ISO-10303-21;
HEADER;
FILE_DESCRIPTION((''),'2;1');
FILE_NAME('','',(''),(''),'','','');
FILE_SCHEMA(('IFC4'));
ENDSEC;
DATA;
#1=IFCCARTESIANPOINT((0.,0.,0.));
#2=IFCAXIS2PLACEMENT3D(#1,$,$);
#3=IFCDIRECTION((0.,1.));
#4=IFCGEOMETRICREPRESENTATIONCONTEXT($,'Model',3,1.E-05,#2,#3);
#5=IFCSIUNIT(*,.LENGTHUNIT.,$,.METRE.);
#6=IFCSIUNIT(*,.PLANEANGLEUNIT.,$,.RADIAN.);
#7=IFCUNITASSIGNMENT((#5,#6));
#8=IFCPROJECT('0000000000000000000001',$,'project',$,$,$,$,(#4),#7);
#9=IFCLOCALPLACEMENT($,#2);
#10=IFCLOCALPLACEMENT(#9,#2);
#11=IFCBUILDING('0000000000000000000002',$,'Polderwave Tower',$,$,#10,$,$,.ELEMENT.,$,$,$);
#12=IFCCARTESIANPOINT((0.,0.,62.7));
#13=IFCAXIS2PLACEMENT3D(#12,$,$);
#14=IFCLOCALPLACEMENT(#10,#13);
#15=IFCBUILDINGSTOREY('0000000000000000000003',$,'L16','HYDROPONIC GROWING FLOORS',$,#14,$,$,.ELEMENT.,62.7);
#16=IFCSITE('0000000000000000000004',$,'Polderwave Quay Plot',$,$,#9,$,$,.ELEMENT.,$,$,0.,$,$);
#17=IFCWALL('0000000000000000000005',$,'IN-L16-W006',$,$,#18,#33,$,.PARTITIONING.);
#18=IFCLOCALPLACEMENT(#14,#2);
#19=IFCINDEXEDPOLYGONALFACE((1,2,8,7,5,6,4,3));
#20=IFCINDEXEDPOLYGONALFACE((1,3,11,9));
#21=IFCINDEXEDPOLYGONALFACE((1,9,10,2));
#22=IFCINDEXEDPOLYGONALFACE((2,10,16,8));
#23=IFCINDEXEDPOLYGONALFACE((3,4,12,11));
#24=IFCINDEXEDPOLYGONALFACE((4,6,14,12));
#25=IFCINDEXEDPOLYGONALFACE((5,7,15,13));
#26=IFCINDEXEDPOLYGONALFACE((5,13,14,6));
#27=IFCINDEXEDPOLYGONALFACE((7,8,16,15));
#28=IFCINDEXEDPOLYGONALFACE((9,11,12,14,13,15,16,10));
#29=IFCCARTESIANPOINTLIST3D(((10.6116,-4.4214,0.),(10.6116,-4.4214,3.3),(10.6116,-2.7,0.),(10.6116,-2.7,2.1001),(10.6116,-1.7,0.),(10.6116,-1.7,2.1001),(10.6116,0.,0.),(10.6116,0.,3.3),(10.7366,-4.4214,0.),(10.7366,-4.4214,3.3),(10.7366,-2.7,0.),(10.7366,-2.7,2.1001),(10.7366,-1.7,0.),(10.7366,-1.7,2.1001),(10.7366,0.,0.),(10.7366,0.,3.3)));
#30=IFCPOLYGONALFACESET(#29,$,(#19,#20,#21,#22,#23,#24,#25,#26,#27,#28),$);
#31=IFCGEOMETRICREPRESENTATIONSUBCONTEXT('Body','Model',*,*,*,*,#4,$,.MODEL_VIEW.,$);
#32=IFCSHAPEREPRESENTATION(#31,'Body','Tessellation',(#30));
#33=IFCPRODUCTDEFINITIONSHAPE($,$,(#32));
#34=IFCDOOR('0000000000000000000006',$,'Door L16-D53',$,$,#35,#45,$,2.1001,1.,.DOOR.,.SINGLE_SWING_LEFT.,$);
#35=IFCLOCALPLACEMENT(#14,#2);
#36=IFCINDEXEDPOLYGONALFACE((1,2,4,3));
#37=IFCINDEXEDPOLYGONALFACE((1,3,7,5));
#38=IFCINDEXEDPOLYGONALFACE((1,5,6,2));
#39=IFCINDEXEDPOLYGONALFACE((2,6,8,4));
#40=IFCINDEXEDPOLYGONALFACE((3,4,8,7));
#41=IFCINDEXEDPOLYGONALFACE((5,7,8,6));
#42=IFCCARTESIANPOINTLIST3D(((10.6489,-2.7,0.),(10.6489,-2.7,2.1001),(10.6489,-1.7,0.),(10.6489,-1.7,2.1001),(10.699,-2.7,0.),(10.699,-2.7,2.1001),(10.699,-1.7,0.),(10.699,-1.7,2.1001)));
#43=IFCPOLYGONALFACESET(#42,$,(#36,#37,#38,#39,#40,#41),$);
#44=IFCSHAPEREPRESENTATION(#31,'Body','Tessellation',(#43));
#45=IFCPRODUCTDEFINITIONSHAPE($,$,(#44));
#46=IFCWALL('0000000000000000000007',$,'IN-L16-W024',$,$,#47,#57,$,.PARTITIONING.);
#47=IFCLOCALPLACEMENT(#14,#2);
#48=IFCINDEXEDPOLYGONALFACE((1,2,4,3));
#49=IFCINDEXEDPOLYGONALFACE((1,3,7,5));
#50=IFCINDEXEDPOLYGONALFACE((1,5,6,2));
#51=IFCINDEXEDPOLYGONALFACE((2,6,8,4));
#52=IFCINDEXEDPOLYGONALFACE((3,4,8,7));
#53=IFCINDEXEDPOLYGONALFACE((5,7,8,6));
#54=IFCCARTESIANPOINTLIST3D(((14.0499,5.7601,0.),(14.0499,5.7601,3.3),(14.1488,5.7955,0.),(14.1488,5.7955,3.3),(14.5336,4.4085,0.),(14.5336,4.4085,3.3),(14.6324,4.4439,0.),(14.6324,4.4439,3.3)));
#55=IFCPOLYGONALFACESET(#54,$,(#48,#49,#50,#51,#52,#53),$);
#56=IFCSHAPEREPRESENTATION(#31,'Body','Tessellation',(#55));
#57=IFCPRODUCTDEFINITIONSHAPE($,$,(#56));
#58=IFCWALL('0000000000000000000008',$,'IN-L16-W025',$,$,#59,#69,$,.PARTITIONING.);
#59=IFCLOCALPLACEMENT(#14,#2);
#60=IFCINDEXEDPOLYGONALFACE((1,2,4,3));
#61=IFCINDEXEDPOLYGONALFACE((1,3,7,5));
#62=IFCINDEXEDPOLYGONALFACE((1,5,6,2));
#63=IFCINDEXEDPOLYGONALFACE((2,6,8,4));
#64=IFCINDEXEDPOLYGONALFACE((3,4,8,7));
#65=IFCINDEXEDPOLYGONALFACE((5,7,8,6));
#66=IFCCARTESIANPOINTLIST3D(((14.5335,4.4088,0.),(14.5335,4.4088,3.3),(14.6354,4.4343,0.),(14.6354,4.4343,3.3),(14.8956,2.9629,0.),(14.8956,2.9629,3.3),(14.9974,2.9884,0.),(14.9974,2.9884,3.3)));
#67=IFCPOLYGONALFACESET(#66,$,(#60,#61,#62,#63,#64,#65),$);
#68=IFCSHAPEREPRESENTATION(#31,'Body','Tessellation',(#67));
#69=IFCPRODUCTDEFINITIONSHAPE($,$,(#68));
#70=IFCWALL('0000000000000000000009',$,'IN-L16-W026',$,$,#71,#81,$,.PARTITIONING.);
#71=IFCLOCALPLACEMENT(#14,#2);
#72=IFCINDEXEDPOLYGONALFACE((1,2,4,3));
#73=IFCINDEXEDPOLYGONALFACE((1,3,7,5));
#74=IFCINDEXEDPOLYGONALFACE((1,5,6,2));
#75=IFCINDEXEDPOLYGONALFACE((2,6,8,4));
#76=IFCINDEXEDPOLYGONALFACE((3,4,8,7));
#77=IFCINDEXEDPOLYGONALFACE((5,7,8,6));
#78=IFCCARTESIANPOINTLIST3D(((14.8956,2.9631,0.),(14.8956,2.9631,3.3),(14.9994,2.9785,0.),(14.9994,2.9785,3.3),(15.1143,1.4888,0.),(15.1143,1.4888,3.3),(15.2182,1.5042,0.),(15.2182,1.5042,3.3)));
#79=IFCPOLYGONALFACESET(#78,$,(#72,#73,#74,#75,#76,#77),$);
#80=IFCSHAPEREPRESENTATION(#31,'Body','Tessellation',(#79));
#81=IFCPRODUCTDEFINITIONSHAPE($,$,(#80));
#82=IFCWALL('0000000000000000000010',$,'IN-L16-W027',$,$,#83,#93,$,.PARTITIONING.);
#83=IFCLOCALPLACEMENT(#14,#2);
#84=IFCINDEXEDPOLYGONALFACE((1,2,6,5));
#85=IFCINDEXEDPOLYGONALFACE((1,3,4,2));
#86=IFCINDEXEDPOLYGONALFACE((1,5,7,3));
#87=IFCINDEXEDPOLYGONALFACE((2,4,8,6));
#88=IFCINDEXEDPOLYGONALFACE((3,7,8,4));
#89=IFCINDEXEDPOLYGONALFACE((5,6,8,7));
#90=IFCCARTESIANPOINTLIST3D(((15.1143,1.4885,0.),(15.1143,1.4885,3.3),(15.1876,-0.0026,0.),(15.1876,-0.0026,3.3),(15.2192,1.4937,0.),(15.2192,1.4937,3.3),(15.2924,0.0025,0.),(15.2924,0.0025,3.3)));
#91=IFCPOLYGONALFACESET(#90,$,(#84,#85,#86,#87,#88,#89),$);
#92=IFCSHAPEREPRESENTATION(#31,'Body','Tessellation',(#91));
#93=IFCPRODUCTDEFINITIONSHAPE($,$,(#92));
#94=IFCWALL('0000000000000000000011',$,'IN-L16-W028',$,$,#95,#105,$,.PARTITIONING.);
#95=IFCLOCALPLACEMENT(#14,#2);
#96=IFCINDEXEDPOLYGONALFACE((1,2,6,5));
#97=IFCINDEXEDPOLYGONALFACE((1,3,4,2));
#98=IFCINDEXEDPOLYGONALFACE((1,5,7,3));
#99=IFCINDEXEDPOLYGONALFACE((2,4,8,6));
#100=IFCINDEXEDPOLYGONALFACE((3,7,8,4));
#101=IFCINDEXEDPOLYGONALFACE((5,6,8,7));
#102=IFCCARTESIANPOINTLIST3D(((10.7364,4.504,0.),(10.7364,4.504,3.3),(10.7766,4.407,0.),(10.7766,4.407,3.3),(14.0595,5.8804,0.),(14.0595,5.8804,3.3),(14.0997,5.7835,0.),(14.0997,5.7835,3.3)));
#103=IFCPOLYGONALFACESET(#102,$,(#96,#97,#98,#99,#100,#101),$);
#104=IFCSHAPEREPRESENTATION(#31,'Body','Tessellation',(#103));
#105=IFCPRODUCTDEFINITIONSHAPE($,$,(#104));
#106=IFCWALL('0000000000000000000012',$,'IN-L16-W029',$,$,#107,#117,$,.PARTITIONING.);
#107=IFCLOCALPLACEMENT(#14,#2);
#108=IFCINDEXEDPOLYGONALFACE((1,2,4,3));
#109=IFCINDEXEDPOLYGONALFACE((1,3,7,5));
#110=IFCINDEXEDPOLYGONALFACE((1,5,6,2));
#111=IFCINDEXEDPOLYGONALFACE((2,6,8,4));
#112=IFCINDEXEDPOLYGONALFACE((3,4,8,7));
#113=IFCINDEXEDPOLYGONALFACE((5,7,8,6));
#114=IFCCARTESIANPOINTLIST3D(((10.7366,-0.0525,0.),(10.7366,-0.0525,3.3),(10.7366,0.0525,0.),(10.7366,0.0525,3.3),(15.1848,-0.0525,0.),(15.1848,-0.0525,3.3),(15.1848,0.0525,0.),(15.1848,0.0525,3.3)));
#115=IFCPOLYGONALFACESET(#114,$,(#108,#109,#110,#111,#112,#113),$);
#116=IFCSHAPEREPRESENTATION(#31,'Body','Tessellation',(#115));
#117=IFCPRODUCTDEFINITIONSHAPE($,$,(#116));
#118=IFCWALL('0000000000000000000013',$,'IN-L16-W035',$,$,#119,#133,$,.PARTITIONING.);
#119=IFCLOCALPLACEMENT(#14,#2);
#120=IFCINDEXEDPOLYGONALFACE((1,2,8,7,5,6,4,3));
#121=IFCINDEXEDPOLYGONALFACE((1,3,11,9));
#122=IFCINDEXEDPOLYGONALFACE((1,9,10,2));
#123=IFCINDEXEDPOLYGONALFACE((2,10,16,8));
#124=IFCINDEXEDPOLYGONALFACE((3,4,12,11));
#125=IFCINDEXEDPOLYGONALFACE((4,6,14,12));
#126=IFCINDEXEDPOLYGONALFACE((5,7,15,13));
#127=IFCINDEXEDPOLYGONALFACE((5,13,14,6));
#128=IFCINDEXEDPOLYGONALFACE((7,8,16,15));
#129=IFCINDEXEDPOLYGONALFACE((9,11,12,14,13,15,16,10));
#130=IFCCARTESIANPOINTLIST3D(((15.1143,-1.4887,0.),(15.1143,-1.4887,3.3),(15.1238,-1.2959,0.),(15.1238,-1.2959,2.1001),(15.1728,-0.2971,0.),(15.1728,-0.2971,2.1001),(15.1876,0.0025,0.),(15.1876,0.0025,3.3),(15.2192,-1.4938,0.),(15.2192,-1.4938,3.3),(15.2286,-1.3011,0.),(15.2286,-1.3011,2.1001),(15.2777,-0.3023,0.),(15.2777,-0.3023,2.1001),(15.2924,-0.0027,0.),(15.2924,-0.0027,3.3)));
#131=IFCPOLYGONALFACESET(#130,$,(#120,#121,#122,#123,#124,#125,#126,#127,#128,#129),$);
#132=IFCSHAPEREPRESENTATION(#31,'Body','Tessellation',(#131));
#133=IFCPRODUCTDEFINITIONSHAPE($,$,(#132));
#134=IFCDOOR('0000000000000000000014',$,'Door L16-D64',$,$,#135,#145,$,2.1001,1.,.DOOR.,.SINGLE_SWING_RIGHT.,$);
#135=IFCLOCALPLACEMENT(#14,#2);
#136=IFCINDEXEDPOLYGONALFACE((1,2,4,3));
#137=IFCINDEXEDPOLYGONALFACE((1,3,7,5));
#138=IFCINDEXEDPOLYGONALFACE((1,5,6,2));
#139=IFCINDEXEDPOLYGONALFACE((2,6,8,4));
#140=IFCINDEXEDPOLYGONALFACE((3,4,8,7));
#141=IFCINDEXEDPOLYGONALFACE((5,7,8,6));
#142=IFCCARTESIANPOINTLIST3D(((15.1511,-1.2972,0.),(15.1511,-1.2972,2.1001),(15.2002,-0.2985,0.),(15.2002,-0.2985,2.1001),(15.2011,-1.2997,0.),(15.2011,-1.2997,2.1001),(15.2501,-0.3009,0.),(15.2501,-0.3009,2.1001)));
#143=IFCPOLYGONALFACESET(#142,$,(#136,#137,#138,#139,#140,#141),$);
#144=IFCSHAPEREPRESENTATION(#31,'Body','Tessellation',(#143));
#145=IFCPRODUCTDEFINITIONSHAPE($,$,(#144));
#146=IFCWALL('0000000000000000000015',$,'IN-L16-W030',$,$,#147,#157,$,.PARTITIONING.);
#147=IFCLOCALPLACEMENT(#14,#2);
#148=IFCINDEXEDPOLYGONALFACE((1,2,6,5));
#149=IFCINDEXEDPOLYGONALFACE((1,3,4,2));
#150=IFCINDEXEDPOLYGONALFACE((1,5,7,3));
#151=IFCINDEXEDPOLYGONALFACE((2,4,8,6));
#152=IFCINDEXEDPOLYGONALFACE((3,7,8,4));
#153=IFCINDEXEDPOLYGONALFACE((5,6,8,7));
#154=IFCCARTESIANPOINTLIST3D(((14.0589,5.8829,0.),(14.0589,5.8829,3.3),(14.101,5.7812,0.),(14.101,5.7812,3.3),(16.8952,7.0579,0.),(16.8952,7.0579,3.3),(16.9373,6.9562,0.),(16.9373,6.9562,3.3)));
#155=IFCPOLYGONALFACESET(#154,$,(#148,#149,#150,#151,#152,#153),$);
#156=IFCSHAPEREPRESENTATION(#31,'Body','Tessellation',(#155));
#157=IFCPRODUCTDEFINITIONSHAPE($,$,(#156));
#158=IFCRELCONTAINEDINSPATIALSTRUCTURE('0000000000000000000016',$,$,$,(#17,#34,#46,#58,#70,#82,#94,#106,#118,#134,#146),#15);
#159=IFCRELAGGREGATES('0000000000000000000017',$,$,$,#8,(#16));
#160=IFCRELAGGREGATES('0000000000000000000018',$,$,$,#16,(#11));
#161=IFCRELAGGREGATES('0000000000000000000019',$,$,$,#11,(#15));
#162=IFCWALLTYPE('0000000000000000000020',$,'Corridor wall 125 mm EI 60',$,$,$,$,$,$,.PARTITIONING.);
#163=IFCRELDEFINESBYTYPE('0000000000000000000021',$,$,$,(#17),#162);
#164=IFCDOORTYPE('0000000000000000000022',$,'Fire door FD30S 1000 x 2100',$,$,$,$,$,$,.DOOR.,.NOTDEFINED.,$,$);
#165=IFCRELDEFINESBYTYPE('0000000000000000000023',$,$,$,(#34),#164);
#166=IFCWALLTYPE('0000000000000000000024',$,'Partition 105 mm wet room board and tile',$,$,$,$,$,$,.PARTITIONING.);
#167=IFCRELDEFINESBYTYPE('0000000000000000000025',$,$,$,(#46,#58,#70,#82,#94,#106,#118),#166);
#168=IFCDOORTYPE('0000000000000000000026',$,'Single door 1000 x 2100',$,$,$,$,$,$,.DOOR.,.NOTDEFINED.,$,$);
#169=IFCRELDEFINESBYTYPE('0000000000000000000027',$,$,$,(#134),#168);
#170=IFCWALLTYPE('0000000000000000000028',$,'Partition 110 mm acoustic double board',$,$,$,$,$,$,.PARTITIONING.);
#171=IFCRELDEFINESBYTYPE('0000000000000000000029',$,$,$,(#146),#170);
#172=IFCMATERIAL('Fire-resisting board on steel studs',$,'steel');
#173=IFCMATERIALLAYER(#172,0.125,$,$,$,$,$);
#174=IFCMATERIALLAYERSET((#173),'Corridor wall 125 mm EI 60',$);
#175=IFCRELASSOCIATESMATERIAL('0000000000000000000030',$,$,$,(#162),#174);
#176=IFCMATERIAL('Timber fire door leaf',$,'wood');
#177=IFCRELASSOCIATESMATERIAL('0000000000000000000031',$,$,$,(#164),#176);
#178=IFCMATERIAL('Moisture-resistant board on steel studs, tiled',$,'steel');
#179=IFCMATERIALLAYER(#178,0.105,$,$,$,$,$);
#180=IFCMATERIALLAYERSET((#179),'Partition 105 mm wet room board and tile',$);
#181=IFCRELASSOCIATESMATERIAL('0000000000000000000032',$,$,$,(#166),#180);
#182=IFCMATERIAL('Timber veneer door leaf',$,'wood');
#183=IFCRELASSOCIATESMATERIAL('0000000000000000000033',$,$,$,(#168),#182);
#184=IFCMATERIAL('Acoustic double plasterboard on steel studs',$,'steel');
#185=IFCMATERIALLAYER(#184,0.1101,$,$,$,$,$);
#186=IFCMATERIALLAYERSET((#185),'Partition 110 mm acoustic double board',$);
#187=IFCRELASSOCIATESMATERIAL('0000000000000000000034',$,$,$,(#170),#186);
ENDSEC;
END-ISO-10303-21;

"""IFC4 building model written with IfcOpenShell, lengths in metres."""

from ifc_helpers import new_model, si_unit, direction, frame, frame_2d, origin, place, context, subcontext, project, spatial, rectangle, extrude, material, layer, layer_set, type_object, element, fill, save


model = new_model("IFC4")

# Units and contexts
model_context = context("Model", 3, precision=1e-05, world=origin(), true_north=direction((0.0, 1.0)))
body_context = subcontext(model_context, "Body", "Model", "MODEL_VIEW")
ifc_project = project(units=[si_unit("LENGTHUNIT", "METRE"), si_unit("PLANEANGLEUNIT", "RADIAN")], contexts=[model_context])

# Site, building, storey
site_placement = place(None, origin())
site = spatial("IfcSite", under=ifc_project, at=site_placement, Name="Polderwave Quay Plot", CompositionType="ELEMENT", RefElevation=0.0)
building_placement = place(site_placement, origin())
building = spatial("IfcBuilding", under=site, at=building_placement, Name="Polderwave Tower", CompositionType="ELEMENT")
storey_placement = place(building_placement, frame((0.0, 0.0, 62.7)))
storey = spatial("IfcBuildingStorey", under=building, at=storey_placement, Name="L16", Description="HYDROPONIC GROWING FLOORS", CompositionType="ELEMENT", Elevation=62.7)

# Shared definitions
ifc_material_1 = material(Name="Fire-resisting board on steel studs", Category="steel")
ifc_layer_1 = layer(ifc_material_1, 0.125)
ifc_layer_set_1 = layer_set([ifc_layer_1], Name="Corridor wall 125 mm EI 60")
wall_type_1 = type_object("IfcWallType", Name="Corridor wall 125 mm EI 60", PredefinedType="PARTITIONING", material=ifc_layer_set_1)
ifc_material_2 = material(Name="Timber fire door leaf", Category="wood")
door_type_1 = type_object("IfcDoorType", Name="Fire door FD30S 1000 x 2100", OperationType="NOTDEFINED", PredefinedType="DOOR", material=ifc_material_2)

# Wall, opening, door
wall_1_placement = place(storey_placement, frame((10.6741, 0.0, 0.0), z_axis=(0.0, 0.0, 1.0), x_axis=(0.0, -1.0, 0.0)))
wall_1 = element("IfcWall", 1, at=wall_1_placement, inside=storey, type_object=wall_type_1, Name="IN-L16-W006", PredefinedType="PARTITIONING", context=body_context, shape_type="SweptSolid", body=[
    extrude(rectangle(XDim=4.4214, YDim=0.125, at=frame_2d((2.2107, 0.0))), origin(), (0.0, 0.0, 1.0), 3.3),
])
opening_1_placement = place(wall_1_placement, frame((1.7, 0.0, 0.0)))
opening_1 = element("IfcOpeningElement", 2, at=opening_1_placement, cuts=wall_1, PredefinedType="OPENING", context=body_context, shape_type="SweptSolid", body=[
    extrude(rectangle(XDim=1.0, YDim=2.1001, at=frame_2d((0.5, 1.05))), frame((0.0, 0.0725, 0.0), z_axis=(0.0, -1.0, 0.0), x_axis=(1.0, 0.0, 0.0)), (0.0, 0.0, 1.0), 0.145),
])
door_1_placement = place(opening_1_placement, origin())
door_1 = element("IfcDoor", 3, at=door_1_placement, inside=storey, type_object=door_type_1, Name="Door L16-D53", OperationType="SINGLE_SWING_LEFT", OverallHeight=2.1001, OverallWidth=1.0, PredefinedType="DOOR", context=body_context, shape_type="SweptSolid", body=[
    extrude(rectangle(XDim=1.0, YDim=2.1001, at=frame_2d((0.5, 1.05))), frame((0.0, 0.0249, 0.0), z_axis=(0.0, -1.0, 0.0), x_axis=(1.0, 0.0, 0.0)), (0.0, 0.0, 1.0), 0.05),
])
fill(opening_1, door_1)

# Walls
ifc_material_3 = material(Name="Moisture-resistant board on steel studs, tiled", Category="steel")
ifc_layer_2 = layer(ifc_material_3, 0.105)
ifc_layer_set_2 = layer_set([ifc_layer_2], Name="Partition 105 mm wet room board and tile")
wall_type_2 = type_object("IfcWallType", Name="Partition 105 mm wet room board and tile", PredefinedType="PARTITIONING", material=ifc_layer_set_2)
wall_2_placement = place(storey_placement, frame((14.0994, 5.7778, 0.0), z_axis=(0.0, 0.0, 1.0), x_axis=(0.336918, -0.941534, 0.0)))
element("IfcWall", 4, at=wall_2_placement, inside=storey, type_object=wall_type_2, Name="IN-L16-W024", PredefinedType="PARTITIONING", context=body_context, shape_type="SweptSolid", body=[
    extrude(rectangle(XDim=1.4355, YDim=0.105, at=frame_2d((0.7178, 0.0))), origin(), (0.0, 0.0, 1.0), 3.3),
])
for number, where, z_axis, x_axis, name in (
    (5, (14.5845, 4.4214, 0.0), (0.0, 0.0, 1.0), (0.242921, -0.970046, 0.0), "IN-L16-W025"),
    (6, (14.9475, 2.9707, 0.0), (0.0, 0.0, 1.0), (0.146762, -0.989172, 0.0), "IN-L16-W026"),
):
    element("IfcWall", number, at=place(storey_placement, frame(where, z_axis=z_axis, x_axis=x_axis)), inside=storey, type_object=wall_type_2, Name=name, PredefinedType="PARTITIONING", context=body_context, shape_type="SweptSolid", body=[
        extrude(rectangle(XDim=1.4905, YDim=0.105, at=frame_2d((0.7451, 0.0))), origin(), (0.0, 0.0, 1.0), 3.3),
    ])
wall_3_placement = place(storey_placement, frame((15.1667, 1.4912, 0.0), z_axis=(0.0, 0.0, 1.0), x_axis=(0.049057, -0.998796, 0.0)))
element("IfcWall", 7, at=wall_3_placement, inside=storey, type_object=wall_type_2, Name="IN-L16-W027", PredefinedType="PARTITIONING", context=body_context, shape_type="SweptSolid", body=[
    extrude(rectangle(XDim=1.4929, YDim=0.105, at=frame_2d((0.7466, 0.0))), origin(), (0.0, 0.0, 1.0), 3.3),
])
wall_4_placement = place(storey_placement, frame((10.7566, 4.4556, 0.0), z_axis=(0.0, 0.0, 1.0), x_axis=(0.923886, 0.382668, 0.0)))
element("IfcWall", 8, at=wall_4_placement, inside=storey, type_object=wall_type_2, Name="IN-L16-W028", PredefinedType="PARTITIONING", context=body_context, shape_type="SweptSolid", body=[
    extrude(rectangle(XDim=3.5969, YDim=0.105, at=frame_2d((1.7983, 0.0))), origin(), (0.0, 0.0, 1.0), 3.3),
])
wall_5_placement = place(storey_placement, frame((15.1848, 0.0, 0.0), z_axis=(0.0, 0.0, 1.0), x_axis=(-1.0, 0.0, 0.0)))
element("IfcWall", 9, at=wall_5_placement, inside=storey, type_object=wall_type_2, Name="IN-L16-W029", PredefinedType="PARTITIONING", context=body_context, shape_type="SweptSolid", body=[
    extrude(rectangle(XDim=4.4482, YDim=0.105, at=frame_2d((2.2241, 0.0))), origin(), (0.0, 0.0, 1.0), 3.3),
])

# Wall, opening, door
wall_6_placement = place(storey_placement, frame((15.24, 0.0, 0.0), z_axis=(0.0, 0.0, 1.0), x_axis=(-0.049057, -0.998796, 0.0)))
wall_6 = element("IfcWall", 10, at=wall_6_placement, inside=storey, type_object=wall_type_2, Name="IN-L16-W035", PredefinedType="PARTITIONING", context=body_context, shape_type="SweptSolid", body=[
    extrude(rectangle(XDim=1.4929, YDim=0.105, at=frame_2d((0.7466, 0.0))), origin(), (0.0, 0.0, 1.0), 3.3),
])
opening_2_placement = place(wall_6_placement, frame((0.3, 0.0, 0.0)))
opening_2 = element("IfcOpeningElement", 11, at=opening_2_placement, cuts=wall_6, PredefinedType="OPENING", context=body_context, shape_type="SweptSolid", body=[
    extrude(rectangle(XDim=1.0, YDim=2.1001, at=frame_2d((0.5, 1.05))), frame((0.0, 0.0625, 0.0), z_axis=(0.0, -1.0, 0.0), x_axis=(1.0, 0.0, 0.0)), (0.0, 0.0, 1.0), 0.125),
])
ifc_material_4 = material(Name="Timber veneer door leaf", Category="wood")
door_type_2 = type_object("IfcDoorType", Name="Single door 1000 x 2100", OperationType="NOTDEFINED", PredefinedType="DOOR", material=ifc_material_4)
door_2_placement = place(opening_2_placement, origin())
door_2 = element("IfcDoor", 12, at=door_2_placement, inside=storey, type_object=door_type_2, Name="Door L16-D64", OperationType="SINGLE_SWING_RIGHT", OverallHeight=2.1001, OverallWidth=1.0, PredefinedType="DOOR", context=body_context, shape_type="SweptSolid", body=[
    extrude(rectangle(XDim=1.0, YDim=2.1001, at=frame_2d((0.5, 1.05))), frame((0.0, 0.0249, 0.0), z_axis=(0.0, -1.0, 0.0), x_axis=(1.0, 0.0, 0.0)), (0.0, 0.0, 1.0), 0.05),
])
fill(opening_2, door_2)

# Wall
ifc_material_5 = material(Name="Acoustic double plasterboard on steel studs", Category="steel")
ifc_layer_3 = layer(ifc_material_5, 0.1101)
ifc_layer_set_3 = layer_set([ifc_layer_3], Name="Partition 110 mm acoustic double board")
wall_type_3 = type_object("IfcWallType", Name="Partition 110 mm acoustic double board", PredefinedType="PARTITIONING", material=ifc_layer_set_3)
wall_7_placement = place(storey_placement, frame((14.0798, 5.832, 0.0), z_axis=(0.0, 0.0, 1.0), x_axis=(0.923861, 0.382729, 0.0)))
element("IfcWall", 13, at=wall_7_placement, inside=storey, type_object=wall_type_3, Name="IN-L16-W030", PredefinedType="PARTITIONING", context=body_context, shape_type="SweptSolid", body=[
    extrude(rectangle(XDim=3.0701, YDim=0.1101, at=frame_2d((1.5352, 0.0))), origin(), (0.0, 0.0, 1.0), 3.3),
])

save(model, "model.ifc")
